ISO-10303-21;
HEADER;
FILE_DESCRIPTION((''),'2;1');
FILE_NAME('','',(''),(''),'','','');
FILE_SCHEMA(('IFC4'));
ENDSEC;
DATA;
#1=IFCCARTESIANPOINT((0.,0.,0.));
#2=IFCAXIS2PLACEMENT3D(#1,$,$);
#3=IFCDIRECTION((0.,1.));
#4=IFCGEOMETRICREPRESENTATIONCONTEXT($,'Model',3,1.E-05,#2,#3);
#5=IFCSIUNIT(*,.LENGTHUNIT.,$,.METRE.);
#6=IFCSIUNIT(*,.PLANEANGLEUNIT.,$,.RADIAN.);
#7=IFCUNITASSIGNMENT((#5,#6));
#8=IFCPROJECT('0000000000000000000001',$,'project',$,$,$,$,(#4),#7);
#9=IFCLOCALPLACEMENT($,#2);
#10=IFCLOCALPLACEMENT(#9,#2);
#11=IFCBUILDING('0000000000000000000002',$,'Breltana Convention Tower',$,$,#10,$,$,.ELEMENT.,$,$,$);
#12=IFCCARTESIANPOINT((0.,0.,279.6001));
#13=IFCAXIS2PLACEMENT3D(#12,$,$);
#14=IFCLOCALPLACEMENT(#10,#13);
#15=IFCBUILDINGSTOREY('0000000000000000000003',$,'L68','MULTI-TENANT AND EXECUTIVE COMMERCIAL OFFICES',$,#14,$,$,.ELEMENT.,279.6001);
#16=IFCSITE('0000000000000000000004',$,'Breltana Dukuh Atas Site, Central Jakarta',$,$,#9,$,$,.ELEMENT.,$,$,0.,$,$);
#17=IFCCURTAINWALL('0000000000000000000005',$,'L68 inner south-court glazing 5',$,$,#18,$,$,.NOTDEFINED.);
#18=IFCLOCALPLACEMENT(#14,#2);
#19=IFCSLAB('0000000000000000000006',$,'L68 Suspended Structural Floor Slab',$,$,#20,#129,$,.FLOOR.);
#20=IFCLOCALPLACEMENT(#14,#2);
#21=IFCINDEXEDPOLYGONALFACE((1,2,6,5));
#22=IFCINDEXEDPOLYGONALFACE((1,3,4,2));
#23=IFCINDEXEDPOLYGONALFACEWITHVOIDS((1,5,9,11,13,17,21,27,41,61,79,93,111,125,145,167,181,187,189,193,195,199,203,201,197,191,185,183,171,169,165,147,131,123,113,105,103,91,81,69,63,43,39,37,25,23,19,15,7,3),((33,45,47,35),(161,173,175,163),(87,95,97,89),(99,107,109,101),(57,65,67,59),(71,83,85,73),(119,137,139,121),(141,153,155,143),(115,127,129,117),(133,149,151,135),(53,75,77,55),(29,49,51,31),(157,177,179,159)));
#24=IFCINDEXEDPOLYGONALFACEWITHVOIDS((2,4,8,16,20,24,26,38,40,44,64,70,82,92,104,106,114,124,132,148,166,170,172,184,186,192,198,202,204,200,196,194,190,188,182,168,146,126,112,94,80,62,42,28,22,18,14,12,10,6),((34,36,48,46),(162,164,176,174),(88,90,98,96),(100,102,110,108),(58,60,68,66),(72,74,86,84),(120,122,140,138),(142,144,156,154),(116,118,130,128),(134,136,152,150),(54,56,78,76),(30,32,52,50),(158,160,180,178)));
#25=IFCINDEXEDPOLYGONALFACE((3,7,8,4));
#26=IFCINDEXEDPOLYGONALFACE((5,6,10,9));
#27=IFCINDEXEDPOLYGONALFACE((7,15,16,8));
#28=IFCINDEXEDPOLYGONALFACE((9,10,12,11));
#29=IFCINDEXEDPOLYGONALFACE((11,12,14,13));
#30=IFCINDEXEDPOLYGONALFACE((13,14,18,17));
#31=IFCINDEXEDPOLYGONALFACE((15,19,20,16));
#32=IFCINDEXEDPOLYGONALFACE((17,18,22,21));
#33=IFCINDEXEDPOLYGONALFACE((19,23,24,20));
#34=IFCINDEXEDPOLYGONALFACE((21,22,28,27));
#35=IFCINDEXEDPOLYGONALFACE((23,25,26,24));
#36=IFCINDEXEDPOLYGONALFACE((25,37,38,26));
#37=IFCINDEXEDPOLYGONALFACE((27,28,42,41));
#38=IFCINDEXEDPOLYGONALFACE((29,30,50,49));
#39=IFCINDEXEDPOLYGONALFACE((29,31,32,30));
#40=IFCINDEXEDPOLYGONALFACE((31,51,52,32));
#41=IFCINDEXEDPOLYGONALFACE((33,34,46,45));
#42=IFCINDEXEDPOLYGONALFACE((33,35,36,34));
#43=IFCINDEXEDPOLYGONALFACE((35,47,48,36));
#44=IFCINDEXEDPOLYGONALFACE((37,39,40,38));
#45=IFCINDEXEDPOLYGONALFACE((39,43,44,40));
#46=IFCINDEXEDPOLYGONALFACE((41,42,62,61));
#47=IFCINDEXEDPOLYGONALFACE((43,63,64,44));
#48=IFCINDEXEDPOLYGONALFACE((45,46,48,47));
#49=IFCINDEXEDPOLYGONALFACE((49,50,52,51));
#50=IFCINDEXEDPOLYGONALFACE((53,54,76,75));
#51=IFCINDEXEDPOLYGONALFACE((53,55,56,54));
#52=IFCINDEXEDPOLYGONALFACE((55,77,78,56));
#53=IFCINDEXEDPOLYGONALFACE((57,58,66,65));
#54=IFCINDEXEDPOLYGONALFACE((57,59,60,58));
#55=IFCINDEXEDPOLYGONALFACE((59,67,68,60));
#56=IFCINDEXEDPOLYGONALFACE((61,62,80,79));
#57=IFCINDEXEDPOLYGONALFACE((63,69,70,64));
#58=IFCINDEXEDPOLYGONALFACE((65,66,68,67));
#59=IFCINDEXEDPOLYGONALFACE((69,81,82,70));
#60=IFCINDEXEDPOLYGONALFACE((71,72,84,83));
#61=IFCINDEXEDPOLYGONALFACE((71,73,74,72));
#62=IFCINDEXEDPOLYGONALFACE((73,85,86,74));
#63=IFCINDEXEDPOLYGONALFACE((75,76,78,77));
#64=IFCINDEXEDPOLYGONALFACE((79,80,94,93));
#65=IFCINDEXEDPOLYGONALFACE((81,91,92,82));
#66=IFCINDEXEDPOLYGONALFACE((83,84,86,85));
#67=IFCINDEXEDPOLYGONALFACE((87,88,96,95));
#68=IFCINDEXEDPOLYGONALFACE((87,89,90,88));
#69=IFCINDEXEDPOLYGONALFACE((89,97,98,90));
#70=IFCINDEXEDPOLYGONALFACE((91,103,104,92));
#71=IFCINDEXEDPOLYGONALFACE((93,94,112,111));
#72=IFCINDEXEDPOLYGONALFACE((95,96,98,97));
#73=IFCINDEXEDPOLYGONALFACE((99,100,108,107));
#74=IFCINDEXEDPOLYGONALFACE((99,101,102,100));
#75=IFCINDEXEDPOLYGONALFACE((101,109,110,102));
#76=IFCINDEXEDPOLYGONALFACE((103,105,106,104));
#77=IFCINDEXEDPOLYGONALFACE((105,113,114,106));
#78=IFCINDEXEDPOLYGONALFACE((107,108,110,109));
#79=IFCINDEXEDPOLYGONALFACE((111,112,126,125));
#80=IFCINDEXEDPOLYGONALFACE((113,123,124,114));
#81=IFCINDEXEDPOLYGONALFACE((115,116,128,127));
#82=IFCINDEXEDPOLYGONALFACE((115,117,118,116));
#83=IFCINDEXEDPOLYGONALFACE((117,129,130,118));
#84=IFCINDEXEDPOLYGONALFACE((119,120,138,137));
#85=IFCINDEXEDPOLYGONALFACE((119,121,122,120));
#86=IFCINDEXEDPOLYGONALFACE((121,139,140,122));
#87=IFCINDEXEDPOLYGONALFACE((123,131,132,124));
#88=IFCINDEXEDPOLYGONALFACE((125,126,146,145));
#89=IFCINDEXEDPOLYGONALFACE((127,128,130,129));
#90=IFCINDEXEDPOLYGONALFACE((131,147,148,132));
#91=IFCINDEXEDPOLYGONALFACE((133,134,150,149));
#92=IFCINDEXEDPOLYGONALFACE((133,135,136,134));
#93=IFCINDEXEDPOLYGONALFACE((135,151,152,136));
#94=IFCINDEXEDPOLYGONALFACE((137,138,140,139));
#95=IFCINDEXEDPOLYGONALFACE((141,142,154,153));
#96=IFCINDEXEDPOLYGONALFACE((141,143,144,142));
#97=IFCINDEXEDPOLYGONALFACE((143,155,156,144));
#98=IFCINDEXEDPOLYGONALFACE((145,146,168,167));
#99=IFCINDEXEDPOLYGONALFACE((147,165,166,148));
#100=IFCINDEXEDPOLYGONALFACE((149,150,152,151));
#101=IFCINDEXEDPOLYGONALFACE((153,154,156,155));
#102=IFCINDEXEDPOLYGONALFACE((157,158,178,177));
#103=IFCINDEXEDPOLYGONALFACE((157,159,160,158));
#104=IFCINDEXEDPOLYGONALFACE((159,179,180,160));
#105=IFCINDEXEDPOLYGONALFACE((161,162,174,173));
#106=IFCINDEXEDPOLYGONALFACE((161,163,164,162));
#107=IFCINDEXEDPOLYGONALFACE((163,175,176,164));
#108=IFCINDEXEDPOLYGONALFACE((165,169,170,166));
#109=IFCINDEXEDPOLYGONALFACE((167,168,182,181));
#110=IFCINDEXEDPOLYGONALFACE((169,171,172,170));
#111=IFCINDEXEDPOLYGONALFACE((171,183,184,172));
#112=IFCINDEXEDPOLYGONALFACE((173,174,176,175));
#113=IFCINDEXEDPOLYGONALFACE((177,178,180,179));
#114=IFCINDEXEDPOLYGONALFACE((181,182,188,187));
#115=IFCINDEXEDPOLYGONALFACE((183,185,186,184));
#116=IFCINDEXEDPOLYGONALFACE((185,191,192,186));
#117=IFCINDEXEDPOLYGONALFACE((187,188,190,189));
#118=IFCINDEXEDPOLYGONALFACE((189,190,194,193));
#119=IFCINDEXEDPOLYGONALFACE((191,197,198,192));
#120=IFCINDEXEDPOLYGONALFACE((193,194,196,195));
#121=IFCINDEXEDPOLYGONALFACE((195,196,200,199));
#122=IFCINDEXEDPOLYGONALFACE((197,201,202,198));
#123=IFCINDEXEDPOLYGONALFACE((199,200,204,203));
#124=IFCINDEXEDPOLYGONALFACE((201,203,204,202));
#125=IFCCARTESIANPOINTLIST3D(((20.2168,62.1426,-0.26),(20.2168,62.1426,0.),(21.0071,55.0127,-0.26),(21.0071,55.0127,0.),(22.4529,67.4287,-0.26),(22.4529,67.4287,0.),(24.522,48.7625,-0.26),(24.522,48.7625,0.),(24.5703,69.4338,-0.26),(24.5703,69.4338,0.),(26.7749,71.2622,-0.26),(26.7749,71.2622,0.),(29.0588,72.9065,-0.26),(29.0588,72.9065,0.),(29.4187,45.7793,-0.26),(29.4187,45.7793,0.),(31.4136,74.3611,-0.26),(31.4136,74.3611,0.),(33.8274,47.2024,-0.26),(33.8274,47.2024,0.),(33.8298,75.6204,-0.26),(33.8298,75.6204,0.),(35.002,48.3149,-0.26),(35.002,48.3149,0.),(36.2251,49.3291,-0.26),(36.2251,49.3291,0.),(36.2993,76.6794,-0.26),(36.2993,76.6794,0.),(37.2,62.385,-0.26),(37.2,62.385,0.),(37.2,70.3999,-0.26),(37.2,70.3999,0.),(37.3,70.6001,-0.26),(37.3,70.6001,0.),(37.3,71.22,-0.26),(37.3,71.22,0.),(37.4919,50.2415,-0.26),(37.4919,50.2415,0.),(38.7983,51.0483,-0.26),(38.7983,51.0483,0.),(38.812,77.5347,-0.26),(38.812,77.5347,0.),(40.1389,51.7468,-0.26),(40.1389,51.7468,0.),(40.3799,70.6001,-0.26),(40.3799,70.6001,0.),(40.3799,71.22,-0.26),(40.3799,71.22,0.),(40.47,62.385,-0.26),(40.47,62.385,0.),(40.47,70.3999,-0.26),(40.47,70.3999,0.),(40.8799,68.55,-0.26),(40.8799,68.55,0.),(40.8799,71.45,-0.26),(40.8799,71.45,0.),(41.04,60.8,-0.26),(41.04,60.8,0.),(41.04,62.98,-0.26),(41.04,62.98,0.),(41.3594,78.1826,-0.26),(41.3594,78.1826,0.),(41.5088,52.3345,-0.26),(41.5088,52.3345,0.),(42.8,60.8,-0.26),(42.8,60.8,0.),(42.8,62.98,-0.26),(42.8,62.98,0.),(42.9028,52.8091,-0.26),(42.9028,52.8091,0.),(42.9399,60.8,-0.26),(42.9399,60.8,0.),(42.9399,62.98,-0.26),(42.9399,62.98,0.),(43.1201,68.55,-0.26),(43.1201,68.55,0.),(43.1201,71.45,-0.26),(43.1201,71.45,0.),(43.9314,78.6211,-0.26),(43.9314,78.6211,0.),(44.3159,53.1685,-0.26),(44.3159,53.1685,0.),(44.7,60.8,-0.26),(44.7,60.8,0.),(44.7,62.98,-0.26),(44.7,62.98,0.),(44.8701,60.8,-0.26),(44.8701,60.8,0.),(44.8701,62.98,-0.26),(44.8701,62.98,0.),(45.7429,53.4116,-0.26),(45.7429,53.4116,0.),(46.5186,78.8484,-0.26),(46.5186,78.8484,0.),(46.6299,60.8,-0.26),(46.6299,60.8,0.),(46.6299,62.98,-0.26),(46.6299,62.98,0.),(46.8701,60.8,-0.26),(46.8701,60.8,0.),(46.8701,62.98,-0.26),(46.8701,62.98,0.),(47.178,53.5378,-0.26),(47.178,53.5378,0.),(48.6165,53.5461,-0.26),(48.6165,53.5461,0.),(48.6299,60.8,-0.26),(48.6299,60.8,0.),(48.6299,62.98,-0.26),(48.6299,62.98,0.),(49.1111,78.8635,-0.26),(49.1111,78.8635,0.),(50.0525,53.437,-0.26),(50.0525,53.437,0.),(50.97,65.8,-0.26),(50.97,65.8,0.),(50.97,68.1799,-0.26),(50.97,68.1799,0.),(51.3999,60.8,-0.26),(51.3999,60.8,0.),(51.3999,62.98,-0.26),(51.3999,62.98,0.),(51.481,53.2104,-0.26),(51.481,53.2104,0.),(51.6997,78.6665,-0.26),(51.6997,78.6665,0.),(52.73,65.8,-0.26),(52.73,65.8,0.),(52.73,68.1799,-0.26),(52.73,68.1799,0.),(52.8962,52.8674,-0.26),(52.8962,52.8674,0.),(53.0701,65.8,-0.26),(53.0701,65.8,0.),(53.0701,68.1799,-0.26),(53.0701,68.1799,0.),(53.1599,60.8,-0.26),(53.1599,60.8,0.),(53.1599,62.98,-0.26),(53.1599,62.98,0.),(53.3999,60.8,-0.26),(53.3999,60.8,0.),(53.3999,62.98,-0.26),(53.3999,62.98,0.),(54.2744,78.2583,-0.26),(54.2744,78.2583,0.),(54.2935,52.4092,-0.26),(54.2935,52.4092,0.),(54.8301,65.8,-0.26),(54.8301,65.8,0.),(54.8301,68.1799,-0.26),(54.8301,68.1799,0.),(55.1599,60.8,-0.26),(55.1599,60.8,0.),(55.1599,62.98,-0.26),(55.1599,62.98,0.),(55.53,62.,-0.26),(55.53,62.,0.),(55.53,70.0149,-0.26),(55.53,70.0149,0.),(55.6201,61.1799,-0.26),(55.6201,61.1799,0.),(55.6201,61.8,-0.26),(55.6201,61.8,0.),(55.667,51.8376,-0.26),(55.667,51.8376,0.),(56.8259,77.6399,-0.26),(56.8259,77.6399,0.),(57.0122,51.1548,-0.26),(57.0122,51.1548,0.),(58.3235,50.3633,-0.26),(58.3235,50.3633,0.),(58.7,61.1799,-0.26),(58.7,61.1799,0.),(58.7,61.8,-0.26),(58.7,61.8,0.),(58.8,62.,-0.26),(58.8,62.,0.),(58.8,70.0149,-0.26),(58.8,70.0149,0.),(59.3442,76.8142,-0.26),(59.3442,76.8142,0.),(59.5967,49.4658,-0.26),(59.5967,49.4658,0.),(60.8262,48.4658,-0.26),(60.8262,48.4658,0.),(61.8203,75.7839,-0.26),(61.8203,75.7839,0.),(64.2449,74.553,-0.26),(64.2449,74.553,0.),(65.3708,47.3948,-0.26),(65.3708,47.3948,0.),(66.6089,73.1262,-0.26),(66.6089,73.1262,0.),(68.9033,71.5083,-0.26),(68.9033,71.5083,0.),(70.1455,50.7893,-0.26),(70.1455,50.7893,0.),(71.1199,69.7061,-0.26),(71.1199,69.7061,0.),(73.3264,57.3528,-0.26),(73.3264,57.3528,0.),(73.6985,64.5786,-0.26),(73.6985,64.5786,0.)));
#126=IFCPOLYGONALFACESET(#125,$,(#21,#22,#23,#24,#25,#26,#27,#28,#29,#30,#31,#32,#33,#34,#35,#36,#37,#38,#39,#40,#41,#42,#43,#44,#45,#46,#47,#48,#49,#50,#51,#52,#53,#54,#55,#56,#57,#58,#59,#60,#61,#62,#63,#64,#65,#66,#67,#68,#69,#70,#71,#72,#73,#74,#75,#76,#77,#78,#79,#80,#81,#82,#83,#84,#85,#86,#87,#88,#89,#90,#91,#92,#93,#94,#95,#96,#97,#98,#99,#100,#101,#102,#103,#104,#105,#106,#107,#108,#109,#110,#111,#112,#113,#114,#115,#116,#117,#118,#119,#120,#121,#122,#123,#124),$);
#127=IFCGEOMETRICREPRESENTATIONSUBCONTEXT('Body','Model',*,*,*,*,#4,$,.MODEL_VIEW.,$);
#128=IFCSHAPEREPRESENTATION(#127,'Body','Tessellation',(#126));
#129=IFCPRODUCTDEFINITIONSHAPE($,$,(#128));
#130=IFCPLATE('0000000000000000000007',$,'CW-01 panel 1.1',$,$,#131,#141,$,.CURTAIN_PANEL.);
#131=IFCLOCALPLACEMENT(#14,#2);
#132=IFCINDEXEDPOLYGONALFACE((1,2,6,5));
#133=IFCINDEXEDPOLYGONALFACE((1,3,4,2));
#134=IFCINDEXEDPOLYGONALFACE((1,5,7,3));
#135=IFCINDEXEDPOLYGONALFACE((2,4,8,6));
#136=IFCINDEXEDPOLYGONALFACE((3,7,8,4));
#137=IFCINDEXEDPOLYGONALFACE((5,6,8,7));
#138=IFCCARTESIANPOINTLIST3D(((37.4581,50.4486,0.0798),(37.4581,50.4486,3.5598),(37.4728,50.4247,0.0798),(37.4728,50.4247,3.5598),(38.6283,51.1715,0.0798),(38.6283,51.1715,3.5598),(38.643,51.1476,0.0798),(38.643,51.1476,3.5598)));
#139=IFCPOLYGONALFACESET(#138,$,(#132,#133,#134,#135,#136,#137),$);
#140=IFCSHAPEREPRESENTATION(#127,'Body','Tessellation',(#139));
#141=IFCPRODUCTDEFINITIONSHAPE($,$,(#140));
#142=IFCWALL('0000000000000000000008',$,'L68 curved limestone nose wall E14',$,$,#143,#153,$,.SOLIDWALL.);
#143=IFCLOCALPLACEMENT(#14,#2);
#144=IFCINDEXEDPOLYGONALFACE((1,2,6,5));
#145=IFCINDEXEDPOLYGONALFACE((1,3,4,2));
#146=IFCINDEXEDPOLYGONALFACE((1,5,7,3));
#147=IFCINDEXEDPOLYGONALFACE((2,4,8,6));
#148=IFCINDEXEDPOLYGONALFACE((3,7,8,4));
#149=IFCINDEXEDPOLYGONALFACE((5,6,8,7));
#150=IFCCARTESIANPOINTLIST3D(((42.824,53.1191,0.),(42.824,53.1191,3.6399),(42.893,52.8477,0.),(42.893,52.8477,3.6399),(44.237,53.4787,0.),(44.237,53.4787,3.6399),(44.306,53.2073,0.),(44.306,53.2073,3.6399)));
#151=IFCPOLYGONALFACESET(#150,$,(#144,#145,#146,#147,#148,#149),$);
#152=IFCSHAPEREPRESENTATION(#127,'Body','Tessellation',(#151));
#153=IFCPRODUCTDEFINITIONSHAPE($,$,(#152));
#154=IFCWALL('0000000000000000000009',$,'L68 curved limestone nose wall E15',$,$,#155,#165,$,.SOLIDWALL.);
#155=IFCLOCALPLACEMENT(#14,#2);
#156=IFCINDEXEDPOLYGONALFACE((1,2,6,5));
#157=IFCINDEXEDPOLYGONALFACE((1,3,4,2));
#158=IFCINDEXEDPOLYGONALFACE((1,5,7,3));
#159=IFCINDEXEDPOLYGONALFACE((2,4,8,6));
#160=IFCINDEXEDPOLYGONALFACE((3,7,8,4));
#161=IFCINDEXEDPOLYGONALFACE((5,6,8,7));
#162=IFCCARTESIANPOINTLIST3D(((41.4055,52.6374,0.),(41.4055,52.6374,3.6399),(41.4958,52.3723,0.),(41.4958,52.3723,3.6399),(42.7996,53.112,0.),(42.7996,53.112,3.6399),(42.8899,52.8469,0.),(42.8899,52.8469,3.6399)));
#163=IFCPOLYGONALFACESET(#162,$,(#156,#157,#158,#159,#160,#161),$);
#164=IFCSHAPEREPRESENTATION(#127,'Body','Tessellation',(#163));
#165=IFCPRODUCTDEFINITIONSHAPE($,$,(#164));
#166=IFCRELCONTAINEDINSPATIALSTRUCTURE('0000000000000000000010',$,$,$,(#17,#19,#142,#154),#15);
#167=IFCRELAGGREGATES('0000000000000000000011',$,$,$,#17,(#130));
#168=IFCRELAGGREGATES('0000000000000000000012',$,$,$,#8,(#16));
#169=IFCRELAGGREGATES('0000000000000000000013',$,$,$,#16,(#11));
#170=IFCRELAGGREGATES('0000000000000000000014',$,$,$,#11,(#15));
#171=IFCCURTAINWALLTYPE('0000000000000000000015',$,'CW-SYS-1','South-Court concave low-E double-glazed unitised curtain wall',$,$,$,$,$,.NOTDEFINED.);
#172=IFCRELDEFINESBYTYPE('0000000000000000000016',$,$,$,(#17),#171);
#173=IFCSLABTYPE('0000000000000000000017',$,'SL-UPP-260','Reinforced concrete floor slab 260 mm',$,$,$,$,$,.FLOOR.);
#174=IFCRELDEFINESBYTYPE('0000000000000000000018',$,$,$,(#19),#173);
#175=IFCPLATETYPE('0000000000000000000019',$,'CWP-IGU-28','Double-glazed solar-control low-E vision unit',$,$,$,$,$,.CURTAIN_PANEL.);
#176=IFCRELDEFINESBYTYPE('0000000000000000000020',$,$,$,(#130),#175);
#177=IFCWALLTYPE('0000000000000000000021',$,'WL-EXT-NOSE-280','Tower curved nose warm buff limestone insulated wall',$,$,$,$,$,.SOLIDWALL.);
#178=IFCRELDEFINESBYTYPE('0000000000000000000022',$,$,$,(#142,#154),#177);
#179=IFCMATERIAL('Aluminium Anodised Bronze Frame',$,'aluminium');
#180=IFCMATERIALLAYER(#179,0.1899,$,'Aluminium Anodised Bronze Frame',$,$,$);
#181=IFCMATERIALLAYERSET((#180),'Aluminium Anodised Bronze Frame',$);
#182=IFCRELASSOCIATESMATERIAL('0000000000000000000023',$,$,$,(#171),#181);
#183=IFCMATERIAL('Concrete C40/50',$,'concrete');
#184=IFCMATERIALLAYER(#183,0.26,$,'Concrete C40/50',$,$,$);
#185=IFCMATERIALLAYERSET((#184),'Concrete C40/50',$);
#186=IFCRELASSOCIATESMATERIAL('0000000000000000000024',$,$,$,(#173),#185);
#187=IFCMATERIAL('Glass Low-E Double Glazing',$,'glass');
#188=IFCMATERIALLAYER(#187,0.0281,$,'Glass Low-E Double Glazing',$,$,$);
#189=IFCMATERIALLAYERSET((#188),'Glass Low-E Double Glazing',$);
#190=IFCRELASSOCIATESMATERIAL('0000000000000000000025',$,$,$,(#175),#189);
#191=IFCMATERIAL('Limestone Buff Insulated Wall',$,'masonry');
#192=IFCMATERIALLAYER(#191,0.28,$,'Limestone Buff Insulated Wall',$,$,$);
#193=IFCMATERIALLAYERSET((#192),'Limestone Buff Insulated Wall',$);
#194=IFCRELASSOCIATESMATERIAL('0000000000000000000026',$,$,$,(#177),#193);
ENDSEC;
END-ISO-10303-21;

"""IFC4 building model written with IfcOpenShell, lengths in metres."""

from ifc_helpers import new_model, si_unit, direction, frame, frame_2d, origin, origin_2d, place, context, subcontext, project, spatial, polyline, rectangle, outline, extrude, source, transform, mapped, material, layer, layer_set, type_object, element, aggregate, save


model = new_model("IFC4")

# Units and contexts
model_context = context("Model", 3, precision=1e-05, world=origin(), true_north=direction((0.0, 1.0)))
body_context = subcontext(model_context, "Body", "Model", "MODEL_VIEW")
ifc_project = project(units=[si_unit("LENGTHUNIT", "METRE"), si_unit("PLANEANGLEUNIT", "RADIAN")], contexts=[model_context])

# Site, building, storey
site_placement = place(None, origin())
site = spatial("IfcSite", under=ifc_project, at=site_placement, Name="Breltana Dukuh Atas Site, Central Jakarta", CompositionType="ELEMENT", RefElevation=0.0)
building_placement = place(site_placement, origin())
building = spatial("IfcBuilding", under=site, at=building_placement, Name="Breltana Convention Tower", CompositionType="ELEMENT")
storey_placement = place(building_placement, frame((0.0, 0.0, 279.6001)))
storey = spatial("IfcBuildingStorey", under=building, at=storey_placement, Name="L68", Description="MULTI-TENANT AND EXECUTIVE COMMERCIAL OFFICES", CompositionType="ELEMENT", Elevation=279.6001)

# Shared definitions
ifc_material_1 = material(Name="Aluminium Anodised Bronze Frame", Category="aluminium")
ifc_layer_1 = layer(ifc_material_1, 0.1899, Name="Aluminium Anodised Bronze Frame")
ifc_layer_set_1 = layer_set([ifc_layer_1], Name="Aluminium Anodised Bronze Frame")
curtain_wall_type = type_object("IfcCurtainWallType", Name="CW-SYS-1", Description="South-Court concave low-E double-glazed unitised curtain wall", PredefinedType="NOTDEFINED", material=ifc_layer_set_1)

# Curtain wall
curtain_wall_1_placement = place(storey_placement, origin())
curtain_wall_1 = element("IfcCurtainWall", 1, at=curtain_wall_1_placement, inside=storey, type_object=curtain_wall_type, Name="L68 inner south-court glazing 5", PredefinedType="NOTDEFINED")

# Shared definitions
ifc_material_2 = material(Name="Concrete C40/50", Category="concrete")

# Slab
ifc_layer_2 = layer(ifc_material_2, 0.26, Name="Concrete C40/50")
ifc_layer_set_2 = layer_set([ifc_layer_2], Name="Concrete C40/50")
slab_type_1 = type_object("IfcSlabType", Name="SL-UPP-260", Description="Reinforced concrete floor slab 260 mm", PredefinedType="FLOOR", material=ifc_layer_set_2)
slab_1_placement = place(storey_placement, frame((0.0, 0.0, -0.26)))
element("IfcSlab", 2, at=slab_1_placement, inside=storey, type_object=slab_type_1, Name="L68 Suspended Structural Floor Slab", PredefinedType="FLOOR", context=body_context, shape_type="SweptSolid", body=[
    extrude(outline(polyline([(71.1199, 69.7061), (68.9033, 71.5083), (66.6089, 73.1262), (64.2449, 74.553), (61.8203, 75.7839), (59.3442, 76.8142), (56.8259, 77.6399), (54.2744, 78.2583), (51.6997, 78.6665), (49.1111, 78.8635), (46.5186, 78.8484), (43.9314, 78.6211), (41.3594, 78.1826), (38.812, 77.5347), (36.2993, 76.6794), (33.8298, 75.6204), (31.4136, 74.3611), (29.0588, 72.9065), (26.7749, 71.2622), (24.5703, 69.4338), (22.4529, 67.4287), (20.2168, 62.1426), (21.0071, 55.0127), (24.522, 48.7625), (29.4187, 45.7793), (33.8274, 47.2024), (35.002, 48.3149), (36.2251, 49.3291), (37.4919, 50.2415), (38.7983, 51.0483), (40.1389, 51.7468), (41.5088, 52.3345), (42.9028, 52.8091), (44.3159, 53.1685), (45.7429, 53.4116), (47.178, 53.5378), (48.6165, 53.5461), (50.0525, 53.437), (51.481, 53.2104), (52.8962, 52.8674), (54.2935, 52.4092), (55.667, 51.8376), (57.0122, 51.1548), (58.3235, 50.3633), (59.5967, 49.4658), (60.8262, 48.4658), (65.3708, 47.3948), (70.1455, 50.7893), (73.3264, 57.3528), (73.6985, 64.5786), (71.1199, 69.7061)]), holes=[polyline([(37.2, 62.385), (40.47, 62.385), (40.47, 70.3999), (37.2, 70.3999), (37.2, 62.385)]), polyline([(55.53, 62.0), (58.8, 62.0), (58.8, 70.0149), (55.53, 70.0149), (55.53, 62.0)]), polyline([(41.04, 60.8), (42.8, 60.8), (42.8, 62.98), (41.04, 62.98), (41.04, 60.8)]), polyline([(42.9399, 60.8), (44.7, 60.8), (44.7, 62.98), (42.9399, 62.98), (42.9399, 60.8)]), polyline([(44.8701, 60.8), (46.6299, 60.8), (46.6299, 62.98), (44.8701, 62.98), (44.8701, 60.8)]), polyline([(46.8701, 60.8), (48.6299, 60.8), (48.6299, 62.98), (46.8701, 62.98), (46.8701, 60.8)]), polyline([(51.3999, 60.8), (53.1599, 60.8), (53.1599, 62.98), (51.3999, 62.98), (51.3999, 60.8)]), polyline([(53.3999, 60.8), (55.1599, 60.8), (55.1599, 62.98), (53.3999, 62.98), (53.3999, 60.8)]), polyline([(50.97, 65.8), (52.73, 65.8), (52.73, 68.1799), (50.97, 68.1799), (50.97, 65.8)]), polyline([(53.0701, 65.8), (54.8301, 65.8), (54.8301, 68.1799), (53.0701, 68.1799), (53.0701, 65.8)]), polyline([(40.8799, 68.55), (43.1201, 68.55), (43.1201, 71.45), (40.8799, 71.45), (40.8799, 68.55)]), polyline([(37.3, 70.6001), (40.3799, 70.6001), (40.3799, 71.22), (37.3, 71.22), (37.3, 70.6001)]), polyline([(55.6201, 61.1799), (58.7, 61.1799), (58.7, 61.8), (55.6201, 61.8), (55.6201, 61.1799)])]), origin(), (0.0, 0.0, 1.0), 0.26),
])

# Plate
ifc_material_3 = material(Name="Glass Low-E Double Glazing", Category="glass")
ifc_layer_3 = layer(ifc_material_3, 0.0281, Name="Glass Low-E Double Glazing")
ifc_layer_set_3 = layer_set([ifc_layer_3], Name="Glass Low-E Double Glazing")
plate_type = type_object("IfcPlateType", Name="CWP-IGU-28", Description="Double-glazed solar-control low-E vision unit", PredefinedType="CURTAIN_PANEL", material=ifc_layer_set_3)
shared_shape_1 = source(origin(), body_context, "Body", "SweptSolid", [
    extrude(rectangle(XDim=1.3755, YDim=0.0281, at=origin_2d()), origin(), (0.0, 0.0, 1.0), 3.48),
])
plate_placement = place(storey_placement, frame((38.0505, 50.7981, 0.0798), z_axis=(0.0, 0.0, 1.0), x_axis=(-0.850749, -0.525572, 0.0)))
plate = element("IfcPlate", 3, at=plate_placement, type_object=plate_type, Name="CW-01 panel 1.1", PredefinedType="CURTAIN_PANEL", context=body_context, shape_type="MappedRepresentation", body=[
    mapped(shared_shape_1, transform((0.0, 0.0, 0.0), scale=1.0)),
])
aggregate(curtain_wall_1, [plate])

# Walls
ifc_material_4 = material(Name="Limestone Buff Insulated Wall", Category="masonry")
ifc_layer_4 = layer(ifc_material_4, 0.28, Name="Limestone Buff Insulated Wall")
ifc_layer_set_4 = layer_set([ifc_layer_4], Name="Limestone Buff Insulated Wall")
wall_type_1 = type_object("IfcWallType", Name="WL-EXT-NOSE-280", Description="Tower curved nose warm buff limestone insulated wall", PredefinedType="SOLIDWALL", material=ifc_layer_set_4)
shared_shape_2 = source(origin(), body_context, "Body", "SweptSolid", [
    extrude(rectangle(XDim=1.458, YDim=0.28, at=frame_2d((0.729, 0.0))), origin(), (0.0, 0.0, 1.0), 3.6399),
])
wall_1_placement = place(storey_placement, frame((44.2715, 53.343, 0.0), z_axis=(0.0, 0.0, 1.0), x_axis=(-0.96911, -0.246631, 0.0)))
element("IfcWall", 4, at=wall_1_placement, inside=storey, type_object=wall_type_1, Name="L68 curved limestone nose wall E14", PredefinedType="SOLIDWALL", context=body_context, shape_type="MappedRepresentation", body=[
    mapped(shared_shape_2, transform((0.0, 0.0, 0.0), scale=1.0)),
])
shared_shape_3 = source(origin(), body_context, "Body", "SweptSolid", [
    extrude(rectangle(XDim=1.4727, YDim=0.28, at=frame_2d((0.7363, 0.0))), origin(), (0.0, 0.0, 1.0), 3.6399),
])
wall_2_placement = place(storey_placement, frame((42.8447, 52.9795, 0.0), z_axis=(0.0, 0.0, 1.0), x_axis=(-0.946641, -0.322289, 0.0)))
element("IfcWall", 5, at=wall_2_placement, inside=storey, type_object=wall_type_1, Name="L68 curved limestone nose wall E15", PredefinedType="SOLIDWALL", context=body_context, shape_type="MappedRepresentation", body=[
    mapped(shared_shape_3, transform((0.0, 0.0, 0.0), scale=1.0)),
])

save(model, "model.ifc")
